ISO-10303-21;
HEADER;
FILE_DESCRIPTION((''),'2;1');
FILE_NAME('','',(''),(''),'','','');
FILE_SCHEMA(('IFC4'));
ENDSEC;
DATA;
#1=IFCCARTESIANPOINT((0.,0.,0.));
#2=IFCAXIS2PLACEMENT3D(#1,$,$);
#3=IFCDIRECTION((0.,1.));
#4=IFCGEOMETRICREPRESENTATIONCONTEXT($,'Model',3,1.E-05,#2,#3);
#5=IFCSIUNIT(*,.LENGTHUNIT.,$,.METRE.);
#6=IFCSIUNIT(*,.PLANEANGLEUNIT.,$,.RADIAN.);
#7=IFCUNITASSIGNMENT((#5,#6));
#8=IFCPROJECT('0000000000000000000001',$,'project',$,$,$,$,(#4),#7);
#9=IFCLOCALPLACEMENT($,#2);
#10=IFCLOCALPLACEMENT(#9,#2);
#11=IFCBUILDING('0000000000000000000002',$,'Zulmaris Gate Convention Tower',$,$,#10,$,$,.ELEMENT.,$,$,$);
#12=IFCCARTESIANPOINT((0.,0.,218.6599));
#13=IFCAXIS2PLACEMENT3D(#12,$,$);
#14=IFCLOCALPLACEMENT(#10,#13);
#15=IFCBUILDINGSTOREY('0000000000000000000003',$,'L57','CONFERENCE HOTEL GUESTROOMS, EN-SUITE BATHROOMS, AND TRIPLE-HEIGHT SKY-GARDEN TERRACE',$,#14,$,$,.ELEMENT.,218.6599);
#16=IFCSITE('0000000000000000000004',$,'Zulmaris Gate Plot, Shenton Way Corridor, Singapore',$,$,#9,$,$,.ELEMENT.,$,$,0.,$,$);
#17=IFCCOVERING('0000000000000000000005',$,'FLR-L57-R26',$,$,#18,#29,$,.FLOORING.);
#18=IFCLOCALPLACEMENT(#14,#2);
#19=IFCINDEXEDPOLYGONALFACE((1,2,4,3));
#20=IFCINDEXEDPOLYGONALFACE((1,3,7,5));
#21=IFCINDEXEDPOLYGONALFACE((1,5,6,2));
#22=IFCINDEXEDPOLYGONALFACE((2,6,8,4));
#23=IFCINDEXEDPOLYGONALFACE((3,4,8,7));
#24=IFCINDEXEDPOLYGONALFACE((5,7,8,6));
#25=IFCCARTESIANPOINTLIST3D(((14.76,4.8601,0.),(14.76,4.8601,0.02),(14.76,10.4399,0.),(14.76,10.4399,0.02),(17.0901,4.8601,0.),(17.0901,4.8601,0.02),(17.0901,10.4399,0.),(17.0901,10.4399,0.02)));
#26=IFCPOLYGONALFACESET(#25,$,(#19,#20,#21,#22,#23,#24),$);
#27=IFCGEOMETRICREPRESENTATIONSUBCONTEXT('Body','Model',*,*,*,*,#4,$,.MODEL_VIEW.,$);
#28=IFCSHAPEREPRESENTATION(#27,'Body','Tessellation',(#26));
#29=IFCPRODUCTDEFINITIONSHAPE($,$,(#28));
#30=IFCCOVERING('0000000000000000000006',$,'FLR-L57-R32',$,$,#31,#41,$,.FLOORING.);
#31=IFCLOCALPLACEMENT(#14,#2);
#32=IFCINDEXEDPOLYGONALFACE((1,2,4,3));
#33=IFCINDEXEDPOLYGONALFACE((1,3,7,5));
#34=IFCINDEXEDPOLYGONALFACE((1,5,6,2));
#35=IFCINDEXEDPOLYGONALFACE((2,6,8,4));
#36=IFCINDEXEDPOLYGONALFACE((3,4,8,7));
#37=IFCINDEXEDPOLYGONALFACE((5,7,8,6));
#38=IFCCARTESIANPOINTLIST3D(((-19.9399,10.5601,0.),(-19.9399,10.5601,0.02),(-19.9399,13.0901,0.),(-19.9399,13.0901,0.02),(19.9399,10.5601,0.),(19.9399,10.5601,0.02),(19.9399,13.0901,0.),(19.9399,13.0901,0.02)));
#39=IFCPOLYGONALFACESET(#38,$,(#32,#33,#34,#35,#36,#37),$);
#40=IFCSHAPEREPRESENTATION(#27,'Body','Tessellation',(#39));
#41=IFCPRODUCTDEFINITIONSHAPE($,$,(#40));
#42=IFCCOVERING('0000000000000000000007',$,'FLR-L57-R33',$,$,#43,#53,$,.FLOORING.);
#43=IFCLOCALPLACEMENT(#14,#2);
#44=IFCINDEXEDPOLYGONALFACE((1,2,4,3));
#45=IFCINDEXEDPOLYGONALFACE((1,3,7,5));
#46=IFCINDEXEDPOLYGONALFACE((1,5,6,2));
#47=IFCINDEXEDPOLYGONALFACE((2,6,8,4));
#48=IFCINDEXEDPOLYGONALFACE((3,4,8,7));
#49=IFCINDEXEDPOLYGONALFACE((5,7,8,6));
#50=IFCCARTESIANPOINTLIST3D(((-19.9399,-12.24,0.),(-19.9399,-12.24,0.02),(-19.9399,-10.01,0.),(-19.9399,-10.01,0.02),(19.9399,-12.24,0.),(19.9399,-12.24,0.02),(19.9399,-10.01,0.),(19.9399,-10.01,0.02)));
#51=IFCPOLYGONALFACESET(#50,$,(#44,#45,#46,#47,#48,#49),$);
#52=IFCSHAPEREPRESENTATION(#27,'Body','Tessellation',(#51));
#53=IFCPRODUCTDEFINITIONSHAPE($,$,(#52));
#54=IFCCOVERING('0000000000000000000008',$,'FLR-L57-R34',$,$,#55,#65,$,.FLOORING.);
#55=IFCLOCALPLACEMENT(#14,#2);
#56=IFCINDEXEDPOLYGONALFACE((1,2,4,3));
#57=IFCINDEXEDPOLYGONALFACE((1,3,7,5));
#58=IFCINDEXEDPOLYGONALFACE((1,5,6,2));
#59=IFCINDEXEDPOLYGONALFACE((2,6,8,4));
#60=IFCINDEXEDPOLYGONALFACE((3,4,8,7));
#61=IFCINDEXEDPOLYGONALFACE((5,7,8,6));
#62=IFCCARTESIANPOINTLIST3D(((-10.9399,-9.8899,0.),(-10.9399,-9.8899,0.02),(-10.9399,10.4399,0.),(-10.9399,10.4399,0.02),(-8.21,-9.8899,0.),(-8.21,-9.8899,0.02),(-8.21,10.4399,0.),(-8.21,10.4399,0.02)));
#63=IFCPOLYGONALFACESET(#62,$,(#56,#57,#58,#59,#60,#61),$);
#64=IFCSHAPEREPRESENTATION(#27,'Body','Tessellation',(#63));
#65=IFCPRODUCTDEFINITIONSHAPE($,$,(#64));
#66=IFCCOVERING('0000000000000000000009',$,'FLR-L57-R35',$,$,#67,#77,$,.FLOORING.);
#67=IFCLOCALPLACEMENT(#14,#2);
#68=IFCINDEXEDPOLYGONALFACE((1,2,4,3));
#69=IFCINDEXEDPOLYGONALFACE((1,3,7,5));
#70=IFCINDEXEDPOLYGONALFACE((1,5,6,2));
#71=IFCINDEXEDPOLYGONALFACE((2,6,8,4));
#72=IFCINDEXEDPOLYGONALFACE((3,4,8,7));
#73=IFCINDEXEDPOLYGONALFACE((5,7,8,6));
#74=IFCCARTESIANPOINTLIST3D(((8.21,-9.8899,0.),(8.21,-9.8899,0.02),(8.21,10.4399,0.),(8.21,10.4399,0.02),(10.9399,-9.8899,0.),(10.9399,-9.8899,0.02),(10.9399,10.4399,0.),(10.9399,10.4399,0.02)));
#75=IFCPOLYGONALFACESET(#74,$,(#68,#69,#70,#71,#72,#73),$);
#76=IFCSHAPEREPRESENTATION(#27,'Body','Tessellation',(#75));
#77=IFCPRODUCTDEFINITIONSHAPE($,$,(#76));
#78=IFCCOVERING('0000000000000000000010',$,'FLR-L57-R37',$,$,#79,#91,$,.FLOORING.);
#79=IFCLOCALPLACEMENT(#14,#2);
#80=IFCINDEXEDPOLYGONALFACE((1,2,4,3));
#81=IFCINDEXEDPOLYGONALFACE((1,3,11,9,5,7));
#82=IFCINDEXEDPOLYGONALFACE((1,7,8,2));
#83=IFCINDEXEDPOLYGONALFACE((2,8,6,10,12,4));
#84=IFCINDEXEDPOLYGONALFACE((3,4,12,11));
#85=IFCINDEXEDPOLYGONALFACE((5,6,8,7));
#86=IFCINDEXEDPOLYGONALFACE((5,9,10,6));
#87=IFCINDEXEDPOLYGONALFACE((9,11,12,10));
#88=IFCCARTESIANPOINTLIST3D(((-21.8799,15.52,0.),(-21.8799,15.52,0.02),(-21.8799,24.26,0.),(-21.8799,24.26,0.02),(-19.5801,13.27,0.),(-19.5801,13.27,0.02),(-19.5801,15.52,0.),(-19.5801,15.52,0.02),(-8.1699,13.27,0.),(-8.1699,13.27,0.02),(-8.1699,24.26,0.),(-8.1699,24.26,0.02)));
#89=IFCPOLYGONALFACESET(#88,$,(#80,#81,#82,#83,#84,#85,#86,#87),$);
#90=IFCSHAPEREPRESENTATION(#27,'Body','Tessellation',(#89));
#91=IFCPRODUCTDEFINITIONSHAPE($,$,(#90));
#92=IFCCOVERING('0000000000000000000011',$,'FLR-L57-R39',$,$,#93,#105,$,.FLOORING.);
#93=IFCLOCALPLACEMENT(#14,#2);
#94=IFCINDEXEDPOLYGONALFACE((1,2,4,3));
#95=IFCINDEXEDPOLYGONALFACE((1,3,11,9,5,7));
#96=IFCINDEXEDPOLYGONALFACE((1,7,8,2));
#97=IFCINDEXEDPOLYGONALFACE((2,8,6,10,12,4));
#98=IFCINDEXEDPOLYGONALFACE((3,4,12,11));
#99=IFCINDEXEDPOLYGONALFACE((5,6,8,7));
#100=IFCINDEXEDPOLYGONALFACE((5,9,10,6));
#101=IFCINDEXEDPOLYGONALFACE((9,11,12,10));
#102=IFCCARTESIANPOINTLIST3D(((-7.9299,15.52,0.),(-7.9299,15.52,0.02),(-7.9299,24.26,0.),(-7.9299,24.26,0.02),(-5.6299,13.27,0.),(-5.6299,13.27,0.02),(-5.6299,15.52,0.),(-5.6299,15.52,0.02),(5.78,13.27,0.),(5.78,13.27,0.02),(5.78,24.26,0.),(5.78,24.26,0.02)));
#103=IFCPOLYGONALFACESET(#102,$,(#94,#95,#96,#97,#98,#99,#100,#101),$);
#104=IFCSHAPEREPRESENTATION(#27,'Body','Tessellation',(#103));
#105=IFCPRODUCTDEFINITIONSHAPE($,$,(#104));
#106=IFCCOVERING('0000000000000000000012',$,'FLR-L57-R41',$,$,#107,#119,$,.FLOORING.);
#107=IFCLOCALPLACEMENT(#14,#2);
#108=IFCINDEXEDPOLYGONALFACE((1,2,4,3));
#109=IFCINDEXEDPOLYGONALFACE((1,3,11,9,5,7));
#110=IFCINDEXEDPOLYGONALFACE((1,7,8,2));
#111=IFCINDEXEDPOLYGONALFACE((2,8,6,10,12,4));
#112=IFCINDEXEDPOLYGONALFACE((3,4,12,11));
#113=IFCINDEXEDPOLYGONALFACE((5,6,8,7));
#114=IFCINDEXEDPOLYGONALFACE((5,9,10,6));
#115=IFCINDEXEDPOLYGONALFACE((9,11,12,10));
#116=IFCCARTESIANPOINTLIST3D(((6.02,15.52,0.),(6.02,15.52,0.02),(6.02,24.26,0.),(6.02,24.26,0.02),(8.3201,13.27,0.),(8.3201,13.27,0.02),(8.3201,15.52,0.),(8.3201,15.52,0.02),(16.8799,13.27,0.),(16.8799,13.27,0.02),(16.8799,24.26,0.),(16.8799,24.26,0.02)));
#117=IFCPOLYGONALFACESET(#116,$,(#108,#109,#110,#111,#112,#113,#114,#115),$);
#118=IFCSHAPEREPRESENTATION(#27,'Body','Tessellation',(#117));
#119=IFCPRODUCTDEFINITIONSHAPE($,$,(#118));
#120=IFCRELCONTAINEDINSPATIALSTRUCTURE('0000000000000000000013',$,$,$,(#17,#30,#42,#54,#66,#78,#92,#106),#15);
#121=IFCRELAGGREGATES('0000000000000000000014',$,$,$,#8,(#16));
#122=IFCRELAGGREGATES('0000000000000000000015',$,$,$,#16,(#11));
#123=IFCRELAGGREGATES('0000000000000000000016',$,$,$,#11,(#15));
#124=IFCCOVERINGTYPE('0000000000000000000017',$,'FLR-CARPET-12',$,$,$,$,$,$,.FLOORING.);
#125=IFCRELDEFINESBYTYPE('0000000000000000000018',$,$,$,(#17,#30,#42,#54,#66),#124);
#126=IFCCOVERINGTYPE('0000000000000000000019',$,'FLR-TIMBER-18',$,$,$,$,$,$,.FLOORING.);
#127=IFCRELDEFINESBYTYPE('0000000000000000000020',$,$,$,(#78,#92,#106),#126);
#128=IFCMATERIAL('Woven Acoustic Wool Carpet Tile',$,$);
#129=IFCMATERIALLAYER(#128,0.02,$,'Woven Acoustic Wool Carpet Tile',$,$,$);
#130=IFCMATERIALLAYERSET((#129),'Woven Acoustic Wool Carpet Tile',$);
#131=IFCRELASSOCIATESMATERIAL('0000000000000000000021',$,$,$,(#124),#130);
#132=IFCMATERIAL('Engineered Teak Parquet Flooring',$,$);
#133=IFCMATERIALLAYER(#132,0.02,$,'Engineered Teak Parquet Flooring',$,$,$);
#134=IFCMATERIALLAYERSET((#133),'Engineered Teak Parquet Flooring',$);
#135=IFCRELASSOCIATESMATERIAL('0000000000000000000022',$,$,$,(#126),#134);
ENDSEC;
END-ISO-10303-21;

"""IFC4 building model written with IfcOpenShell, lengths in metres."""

from ifc_helpers import new_model, si_unit, direction, frame, origin, place, context, subcontext, project, spatial, polyline, outline, extrude, material, layer, layer_set, type_object, element, save


model = new_model("IFC4")

# Units and contexts
model_context = context("Model", 3, precision=1e-05, world=origin(), true_north=direction((0.0, 1.0)))
body_context = subcontext(model_context, "Body", "Model", "MODEL_VIEW")
ifc_project = project(units=[si_unit("LENGTHUNIT", "METRE"), si_unit("PLANEANGLEUNIT", "RADIAN")], contexts=[model_context])

# Site, building, storey
site_placement = place(None, origin())
site = spatial("IfcSite", under=ifc_project, at=site_placement, Name="Zulmaris Gate Plot, Shenton Way Corridor, Singapore", CompositionType="ELEMENT", RefElevation=0.0)
building_placement = place(site_placement, origin())
building = spatial("IfcBuilding", under=site, at=building_placement, Name="Zulmaris Gate Convention Tower", CompositionType="ELEMENT")
storey_placement = place(building_placement, frame((0.0, 0.0, 218.6599)))
storey = spatial("IfcBuildingStorey", under=building, at=storey_placement, Name="L57", Description="CONFERENCE HOTEL GUESTROOMS, EN-SUITE BATHROOMS, AND TRIPLE-HEIGHT SKY-GARDEN TERRACE", CompositionType="ELEMENT", Elevation=218.6599)

# Coverings
ifc_material_1 = material(Name="Woven Acoustic Wool Carpet Tile")
ifc_layer_1 = layer(ifc_material_1, 0.02, Name="Woven Acoustic Wool Carpet Tile")
ifc_layer_set_1 = layer_set([ifc_layer_1], Name="Woven Acoustic Wool Carpet Tile")
covering_type_1 = type_object("IfcCoveringType", Name="FLR-CARPET-12", PredefinedType="FLOORING", material=ifc_layer_set_1)
covering_1_placement = place(storey_placement, origin())
element("IfcCovering", 1, at=covering_1_placement, inside=storey, type_object=covering_type_1, Name="FLR-L57-R26", PredefinedType="FLOORING", context=body_context, shape_type="SweptSolid", body=[
    extrude(outline(polyline([(14.76, 4.8601), (17.0901, 4.8601), (17.0901, 10.4399), (14.76, 10.4399), (14.76, 4.8601)])), origin(), (0.0, 0.0, 1.0), 0.02),
])
covering_2_placement = place(storey_placement, origin())
element("IfcCovering", 2, at=covering_2_placement, inside=storey, type_object=covering_type_1, Name="FLR-L57-R32", PredefinedType="FLOORING", context=body_context, shape_type="SweptSolid", body=[
    extrude(outline(polyline([(-19.9399, 10.5601), (19.9399, 10.5601), (19.9399, 13.0901), (-19.9399, 13.0901), (-19.9399, 10.5601)])), origin(), (0.0, 0.0, 1.0), 0.02),
])
covering_3_placement = place(storey_placement, origin())
element("IfcCovering", 3, at=covering_3_placement, inside=storey, type_object=covering_type_1, Name="FLR-L57-R33", PredefinedType="FLOORING", context=body_context, shape_type="SweptSolid", body=[
    extrude(outline(polyline([(-19.9399, -12.24), (19.9399, -12.24), (19.9399, -10.01), (-19.9399, -10.01), (-19.9399, -12.24)])), origin(), (0.0, 0.0, 1.0), 0.02),
])
covering_4_placement = place(storey_placement, origin())
element("IfcCovering", 4, at=covering_4_placement, inside=storey, type_object=covering_type_1, Name="FLR-L57-R34", PredefinedType="FLOORING", context=body_context, shape_type="SweptSolid", body=[
    extrude(outline(polyline([(-10.9399, -9.8899), (-8.21, -9.8899), (-8.21, 10.4399), (-10.9399, 10.4399), (-10.9399, -9.8899)])), origin(), (0.0, 0.0, 1.0), 0.02),
])
covering_5_placement = place(storey_placement, origin())
element("IfcCovering", 5, at=covering_5_placement, inside=storey, type_object=covering_type_1, Name="FLR-L57-R35", PredefinedType="FLOORING", context=body_context, shape_type="SweptSolid", body=[
    extrude(outline(polyline([(8.21, -9.8899), (10.9399, -9.8899), (10.9399, 10.4399), (8.21, 10.4399), (8.21, -9.8899)])), origin(), (0.0, 0.0, 1.0), 0.02),
])
ifc_material_2 = material(Name="Engineered Teak Parquet Flooring")
ifc_layer_2 = layer(ifc_material_2, 0.02, Name="Engineered Teak Parquet Flooring")
ifc_layer_set_2 = layer_set([ifc_layer_2], Name="Engineered Teak Parquet Flooring")
covering_type_2 = type_object("IfcCoveringType", Name="FLR-TIMBER-18", PredefinedType="FLOORING", material=ifc_layer_set_2)
covering_6_placement = place(storey_placement, origin())
element("IfcCovering", 6, at=covering_6_placement, inside=storey, type_object=covering_type_2, Name="FLR-L57-R37", PredefinedType="FLOORING", context=body_context, shape_type="SweptSolid", body=[
    extrude(outline(polyline([(-19.5801, 13.27), (-8.1699, 13.27), (-8.1699, 24.26), (-21.8799, 24.26), (-21.8799, 15.52), (-19.5801, 15.52), (-19.5801, 13.27)])), origin(), (0.0, 0.0, 1.0), 0.02),
])
covering_7_placement = place(storey_placement, origin())
element("IfcCovering", 7, at=covering_7_placement, inside=storey, type_object=covering_type_2, Name="FLR-L57-R39", PredefinedType="FLOORING", context=body_context, shape_type="SweptSolid", body=[
    extrude(outline(polyline([(-5.6299, 13.27), (5.78, 13.27), (5.78, 24.26), (-7.9299, 24.26), (-7.9299, 15.52), (-5.6299, 15.52), (-5.6299, 13.27)])), origin(), (0.0, 0.0, 1.0), 0.02),
])
covering_8_placement = place(storey_placement, origin())
element("IfcCovering", 8, at=covering_8_placement, inside=storey, type_object=covering_type_2, Name="FLR-L57-R41", PredefinedType="FLOORING", context=body_context, shape_type="SweptSolid", body=[
    extrude(outline(polyline([(8.3201, 13.27), (16.8799, 13.27), (16.8799, 24.26), (6.02, 24.26), (6.02, 15.52), (8.3201, 15.52), (8.3201, 13.27)])), origin(), (0.0, 0.0, 1.0), 0.02),
])

save(model, "model.ifc")
